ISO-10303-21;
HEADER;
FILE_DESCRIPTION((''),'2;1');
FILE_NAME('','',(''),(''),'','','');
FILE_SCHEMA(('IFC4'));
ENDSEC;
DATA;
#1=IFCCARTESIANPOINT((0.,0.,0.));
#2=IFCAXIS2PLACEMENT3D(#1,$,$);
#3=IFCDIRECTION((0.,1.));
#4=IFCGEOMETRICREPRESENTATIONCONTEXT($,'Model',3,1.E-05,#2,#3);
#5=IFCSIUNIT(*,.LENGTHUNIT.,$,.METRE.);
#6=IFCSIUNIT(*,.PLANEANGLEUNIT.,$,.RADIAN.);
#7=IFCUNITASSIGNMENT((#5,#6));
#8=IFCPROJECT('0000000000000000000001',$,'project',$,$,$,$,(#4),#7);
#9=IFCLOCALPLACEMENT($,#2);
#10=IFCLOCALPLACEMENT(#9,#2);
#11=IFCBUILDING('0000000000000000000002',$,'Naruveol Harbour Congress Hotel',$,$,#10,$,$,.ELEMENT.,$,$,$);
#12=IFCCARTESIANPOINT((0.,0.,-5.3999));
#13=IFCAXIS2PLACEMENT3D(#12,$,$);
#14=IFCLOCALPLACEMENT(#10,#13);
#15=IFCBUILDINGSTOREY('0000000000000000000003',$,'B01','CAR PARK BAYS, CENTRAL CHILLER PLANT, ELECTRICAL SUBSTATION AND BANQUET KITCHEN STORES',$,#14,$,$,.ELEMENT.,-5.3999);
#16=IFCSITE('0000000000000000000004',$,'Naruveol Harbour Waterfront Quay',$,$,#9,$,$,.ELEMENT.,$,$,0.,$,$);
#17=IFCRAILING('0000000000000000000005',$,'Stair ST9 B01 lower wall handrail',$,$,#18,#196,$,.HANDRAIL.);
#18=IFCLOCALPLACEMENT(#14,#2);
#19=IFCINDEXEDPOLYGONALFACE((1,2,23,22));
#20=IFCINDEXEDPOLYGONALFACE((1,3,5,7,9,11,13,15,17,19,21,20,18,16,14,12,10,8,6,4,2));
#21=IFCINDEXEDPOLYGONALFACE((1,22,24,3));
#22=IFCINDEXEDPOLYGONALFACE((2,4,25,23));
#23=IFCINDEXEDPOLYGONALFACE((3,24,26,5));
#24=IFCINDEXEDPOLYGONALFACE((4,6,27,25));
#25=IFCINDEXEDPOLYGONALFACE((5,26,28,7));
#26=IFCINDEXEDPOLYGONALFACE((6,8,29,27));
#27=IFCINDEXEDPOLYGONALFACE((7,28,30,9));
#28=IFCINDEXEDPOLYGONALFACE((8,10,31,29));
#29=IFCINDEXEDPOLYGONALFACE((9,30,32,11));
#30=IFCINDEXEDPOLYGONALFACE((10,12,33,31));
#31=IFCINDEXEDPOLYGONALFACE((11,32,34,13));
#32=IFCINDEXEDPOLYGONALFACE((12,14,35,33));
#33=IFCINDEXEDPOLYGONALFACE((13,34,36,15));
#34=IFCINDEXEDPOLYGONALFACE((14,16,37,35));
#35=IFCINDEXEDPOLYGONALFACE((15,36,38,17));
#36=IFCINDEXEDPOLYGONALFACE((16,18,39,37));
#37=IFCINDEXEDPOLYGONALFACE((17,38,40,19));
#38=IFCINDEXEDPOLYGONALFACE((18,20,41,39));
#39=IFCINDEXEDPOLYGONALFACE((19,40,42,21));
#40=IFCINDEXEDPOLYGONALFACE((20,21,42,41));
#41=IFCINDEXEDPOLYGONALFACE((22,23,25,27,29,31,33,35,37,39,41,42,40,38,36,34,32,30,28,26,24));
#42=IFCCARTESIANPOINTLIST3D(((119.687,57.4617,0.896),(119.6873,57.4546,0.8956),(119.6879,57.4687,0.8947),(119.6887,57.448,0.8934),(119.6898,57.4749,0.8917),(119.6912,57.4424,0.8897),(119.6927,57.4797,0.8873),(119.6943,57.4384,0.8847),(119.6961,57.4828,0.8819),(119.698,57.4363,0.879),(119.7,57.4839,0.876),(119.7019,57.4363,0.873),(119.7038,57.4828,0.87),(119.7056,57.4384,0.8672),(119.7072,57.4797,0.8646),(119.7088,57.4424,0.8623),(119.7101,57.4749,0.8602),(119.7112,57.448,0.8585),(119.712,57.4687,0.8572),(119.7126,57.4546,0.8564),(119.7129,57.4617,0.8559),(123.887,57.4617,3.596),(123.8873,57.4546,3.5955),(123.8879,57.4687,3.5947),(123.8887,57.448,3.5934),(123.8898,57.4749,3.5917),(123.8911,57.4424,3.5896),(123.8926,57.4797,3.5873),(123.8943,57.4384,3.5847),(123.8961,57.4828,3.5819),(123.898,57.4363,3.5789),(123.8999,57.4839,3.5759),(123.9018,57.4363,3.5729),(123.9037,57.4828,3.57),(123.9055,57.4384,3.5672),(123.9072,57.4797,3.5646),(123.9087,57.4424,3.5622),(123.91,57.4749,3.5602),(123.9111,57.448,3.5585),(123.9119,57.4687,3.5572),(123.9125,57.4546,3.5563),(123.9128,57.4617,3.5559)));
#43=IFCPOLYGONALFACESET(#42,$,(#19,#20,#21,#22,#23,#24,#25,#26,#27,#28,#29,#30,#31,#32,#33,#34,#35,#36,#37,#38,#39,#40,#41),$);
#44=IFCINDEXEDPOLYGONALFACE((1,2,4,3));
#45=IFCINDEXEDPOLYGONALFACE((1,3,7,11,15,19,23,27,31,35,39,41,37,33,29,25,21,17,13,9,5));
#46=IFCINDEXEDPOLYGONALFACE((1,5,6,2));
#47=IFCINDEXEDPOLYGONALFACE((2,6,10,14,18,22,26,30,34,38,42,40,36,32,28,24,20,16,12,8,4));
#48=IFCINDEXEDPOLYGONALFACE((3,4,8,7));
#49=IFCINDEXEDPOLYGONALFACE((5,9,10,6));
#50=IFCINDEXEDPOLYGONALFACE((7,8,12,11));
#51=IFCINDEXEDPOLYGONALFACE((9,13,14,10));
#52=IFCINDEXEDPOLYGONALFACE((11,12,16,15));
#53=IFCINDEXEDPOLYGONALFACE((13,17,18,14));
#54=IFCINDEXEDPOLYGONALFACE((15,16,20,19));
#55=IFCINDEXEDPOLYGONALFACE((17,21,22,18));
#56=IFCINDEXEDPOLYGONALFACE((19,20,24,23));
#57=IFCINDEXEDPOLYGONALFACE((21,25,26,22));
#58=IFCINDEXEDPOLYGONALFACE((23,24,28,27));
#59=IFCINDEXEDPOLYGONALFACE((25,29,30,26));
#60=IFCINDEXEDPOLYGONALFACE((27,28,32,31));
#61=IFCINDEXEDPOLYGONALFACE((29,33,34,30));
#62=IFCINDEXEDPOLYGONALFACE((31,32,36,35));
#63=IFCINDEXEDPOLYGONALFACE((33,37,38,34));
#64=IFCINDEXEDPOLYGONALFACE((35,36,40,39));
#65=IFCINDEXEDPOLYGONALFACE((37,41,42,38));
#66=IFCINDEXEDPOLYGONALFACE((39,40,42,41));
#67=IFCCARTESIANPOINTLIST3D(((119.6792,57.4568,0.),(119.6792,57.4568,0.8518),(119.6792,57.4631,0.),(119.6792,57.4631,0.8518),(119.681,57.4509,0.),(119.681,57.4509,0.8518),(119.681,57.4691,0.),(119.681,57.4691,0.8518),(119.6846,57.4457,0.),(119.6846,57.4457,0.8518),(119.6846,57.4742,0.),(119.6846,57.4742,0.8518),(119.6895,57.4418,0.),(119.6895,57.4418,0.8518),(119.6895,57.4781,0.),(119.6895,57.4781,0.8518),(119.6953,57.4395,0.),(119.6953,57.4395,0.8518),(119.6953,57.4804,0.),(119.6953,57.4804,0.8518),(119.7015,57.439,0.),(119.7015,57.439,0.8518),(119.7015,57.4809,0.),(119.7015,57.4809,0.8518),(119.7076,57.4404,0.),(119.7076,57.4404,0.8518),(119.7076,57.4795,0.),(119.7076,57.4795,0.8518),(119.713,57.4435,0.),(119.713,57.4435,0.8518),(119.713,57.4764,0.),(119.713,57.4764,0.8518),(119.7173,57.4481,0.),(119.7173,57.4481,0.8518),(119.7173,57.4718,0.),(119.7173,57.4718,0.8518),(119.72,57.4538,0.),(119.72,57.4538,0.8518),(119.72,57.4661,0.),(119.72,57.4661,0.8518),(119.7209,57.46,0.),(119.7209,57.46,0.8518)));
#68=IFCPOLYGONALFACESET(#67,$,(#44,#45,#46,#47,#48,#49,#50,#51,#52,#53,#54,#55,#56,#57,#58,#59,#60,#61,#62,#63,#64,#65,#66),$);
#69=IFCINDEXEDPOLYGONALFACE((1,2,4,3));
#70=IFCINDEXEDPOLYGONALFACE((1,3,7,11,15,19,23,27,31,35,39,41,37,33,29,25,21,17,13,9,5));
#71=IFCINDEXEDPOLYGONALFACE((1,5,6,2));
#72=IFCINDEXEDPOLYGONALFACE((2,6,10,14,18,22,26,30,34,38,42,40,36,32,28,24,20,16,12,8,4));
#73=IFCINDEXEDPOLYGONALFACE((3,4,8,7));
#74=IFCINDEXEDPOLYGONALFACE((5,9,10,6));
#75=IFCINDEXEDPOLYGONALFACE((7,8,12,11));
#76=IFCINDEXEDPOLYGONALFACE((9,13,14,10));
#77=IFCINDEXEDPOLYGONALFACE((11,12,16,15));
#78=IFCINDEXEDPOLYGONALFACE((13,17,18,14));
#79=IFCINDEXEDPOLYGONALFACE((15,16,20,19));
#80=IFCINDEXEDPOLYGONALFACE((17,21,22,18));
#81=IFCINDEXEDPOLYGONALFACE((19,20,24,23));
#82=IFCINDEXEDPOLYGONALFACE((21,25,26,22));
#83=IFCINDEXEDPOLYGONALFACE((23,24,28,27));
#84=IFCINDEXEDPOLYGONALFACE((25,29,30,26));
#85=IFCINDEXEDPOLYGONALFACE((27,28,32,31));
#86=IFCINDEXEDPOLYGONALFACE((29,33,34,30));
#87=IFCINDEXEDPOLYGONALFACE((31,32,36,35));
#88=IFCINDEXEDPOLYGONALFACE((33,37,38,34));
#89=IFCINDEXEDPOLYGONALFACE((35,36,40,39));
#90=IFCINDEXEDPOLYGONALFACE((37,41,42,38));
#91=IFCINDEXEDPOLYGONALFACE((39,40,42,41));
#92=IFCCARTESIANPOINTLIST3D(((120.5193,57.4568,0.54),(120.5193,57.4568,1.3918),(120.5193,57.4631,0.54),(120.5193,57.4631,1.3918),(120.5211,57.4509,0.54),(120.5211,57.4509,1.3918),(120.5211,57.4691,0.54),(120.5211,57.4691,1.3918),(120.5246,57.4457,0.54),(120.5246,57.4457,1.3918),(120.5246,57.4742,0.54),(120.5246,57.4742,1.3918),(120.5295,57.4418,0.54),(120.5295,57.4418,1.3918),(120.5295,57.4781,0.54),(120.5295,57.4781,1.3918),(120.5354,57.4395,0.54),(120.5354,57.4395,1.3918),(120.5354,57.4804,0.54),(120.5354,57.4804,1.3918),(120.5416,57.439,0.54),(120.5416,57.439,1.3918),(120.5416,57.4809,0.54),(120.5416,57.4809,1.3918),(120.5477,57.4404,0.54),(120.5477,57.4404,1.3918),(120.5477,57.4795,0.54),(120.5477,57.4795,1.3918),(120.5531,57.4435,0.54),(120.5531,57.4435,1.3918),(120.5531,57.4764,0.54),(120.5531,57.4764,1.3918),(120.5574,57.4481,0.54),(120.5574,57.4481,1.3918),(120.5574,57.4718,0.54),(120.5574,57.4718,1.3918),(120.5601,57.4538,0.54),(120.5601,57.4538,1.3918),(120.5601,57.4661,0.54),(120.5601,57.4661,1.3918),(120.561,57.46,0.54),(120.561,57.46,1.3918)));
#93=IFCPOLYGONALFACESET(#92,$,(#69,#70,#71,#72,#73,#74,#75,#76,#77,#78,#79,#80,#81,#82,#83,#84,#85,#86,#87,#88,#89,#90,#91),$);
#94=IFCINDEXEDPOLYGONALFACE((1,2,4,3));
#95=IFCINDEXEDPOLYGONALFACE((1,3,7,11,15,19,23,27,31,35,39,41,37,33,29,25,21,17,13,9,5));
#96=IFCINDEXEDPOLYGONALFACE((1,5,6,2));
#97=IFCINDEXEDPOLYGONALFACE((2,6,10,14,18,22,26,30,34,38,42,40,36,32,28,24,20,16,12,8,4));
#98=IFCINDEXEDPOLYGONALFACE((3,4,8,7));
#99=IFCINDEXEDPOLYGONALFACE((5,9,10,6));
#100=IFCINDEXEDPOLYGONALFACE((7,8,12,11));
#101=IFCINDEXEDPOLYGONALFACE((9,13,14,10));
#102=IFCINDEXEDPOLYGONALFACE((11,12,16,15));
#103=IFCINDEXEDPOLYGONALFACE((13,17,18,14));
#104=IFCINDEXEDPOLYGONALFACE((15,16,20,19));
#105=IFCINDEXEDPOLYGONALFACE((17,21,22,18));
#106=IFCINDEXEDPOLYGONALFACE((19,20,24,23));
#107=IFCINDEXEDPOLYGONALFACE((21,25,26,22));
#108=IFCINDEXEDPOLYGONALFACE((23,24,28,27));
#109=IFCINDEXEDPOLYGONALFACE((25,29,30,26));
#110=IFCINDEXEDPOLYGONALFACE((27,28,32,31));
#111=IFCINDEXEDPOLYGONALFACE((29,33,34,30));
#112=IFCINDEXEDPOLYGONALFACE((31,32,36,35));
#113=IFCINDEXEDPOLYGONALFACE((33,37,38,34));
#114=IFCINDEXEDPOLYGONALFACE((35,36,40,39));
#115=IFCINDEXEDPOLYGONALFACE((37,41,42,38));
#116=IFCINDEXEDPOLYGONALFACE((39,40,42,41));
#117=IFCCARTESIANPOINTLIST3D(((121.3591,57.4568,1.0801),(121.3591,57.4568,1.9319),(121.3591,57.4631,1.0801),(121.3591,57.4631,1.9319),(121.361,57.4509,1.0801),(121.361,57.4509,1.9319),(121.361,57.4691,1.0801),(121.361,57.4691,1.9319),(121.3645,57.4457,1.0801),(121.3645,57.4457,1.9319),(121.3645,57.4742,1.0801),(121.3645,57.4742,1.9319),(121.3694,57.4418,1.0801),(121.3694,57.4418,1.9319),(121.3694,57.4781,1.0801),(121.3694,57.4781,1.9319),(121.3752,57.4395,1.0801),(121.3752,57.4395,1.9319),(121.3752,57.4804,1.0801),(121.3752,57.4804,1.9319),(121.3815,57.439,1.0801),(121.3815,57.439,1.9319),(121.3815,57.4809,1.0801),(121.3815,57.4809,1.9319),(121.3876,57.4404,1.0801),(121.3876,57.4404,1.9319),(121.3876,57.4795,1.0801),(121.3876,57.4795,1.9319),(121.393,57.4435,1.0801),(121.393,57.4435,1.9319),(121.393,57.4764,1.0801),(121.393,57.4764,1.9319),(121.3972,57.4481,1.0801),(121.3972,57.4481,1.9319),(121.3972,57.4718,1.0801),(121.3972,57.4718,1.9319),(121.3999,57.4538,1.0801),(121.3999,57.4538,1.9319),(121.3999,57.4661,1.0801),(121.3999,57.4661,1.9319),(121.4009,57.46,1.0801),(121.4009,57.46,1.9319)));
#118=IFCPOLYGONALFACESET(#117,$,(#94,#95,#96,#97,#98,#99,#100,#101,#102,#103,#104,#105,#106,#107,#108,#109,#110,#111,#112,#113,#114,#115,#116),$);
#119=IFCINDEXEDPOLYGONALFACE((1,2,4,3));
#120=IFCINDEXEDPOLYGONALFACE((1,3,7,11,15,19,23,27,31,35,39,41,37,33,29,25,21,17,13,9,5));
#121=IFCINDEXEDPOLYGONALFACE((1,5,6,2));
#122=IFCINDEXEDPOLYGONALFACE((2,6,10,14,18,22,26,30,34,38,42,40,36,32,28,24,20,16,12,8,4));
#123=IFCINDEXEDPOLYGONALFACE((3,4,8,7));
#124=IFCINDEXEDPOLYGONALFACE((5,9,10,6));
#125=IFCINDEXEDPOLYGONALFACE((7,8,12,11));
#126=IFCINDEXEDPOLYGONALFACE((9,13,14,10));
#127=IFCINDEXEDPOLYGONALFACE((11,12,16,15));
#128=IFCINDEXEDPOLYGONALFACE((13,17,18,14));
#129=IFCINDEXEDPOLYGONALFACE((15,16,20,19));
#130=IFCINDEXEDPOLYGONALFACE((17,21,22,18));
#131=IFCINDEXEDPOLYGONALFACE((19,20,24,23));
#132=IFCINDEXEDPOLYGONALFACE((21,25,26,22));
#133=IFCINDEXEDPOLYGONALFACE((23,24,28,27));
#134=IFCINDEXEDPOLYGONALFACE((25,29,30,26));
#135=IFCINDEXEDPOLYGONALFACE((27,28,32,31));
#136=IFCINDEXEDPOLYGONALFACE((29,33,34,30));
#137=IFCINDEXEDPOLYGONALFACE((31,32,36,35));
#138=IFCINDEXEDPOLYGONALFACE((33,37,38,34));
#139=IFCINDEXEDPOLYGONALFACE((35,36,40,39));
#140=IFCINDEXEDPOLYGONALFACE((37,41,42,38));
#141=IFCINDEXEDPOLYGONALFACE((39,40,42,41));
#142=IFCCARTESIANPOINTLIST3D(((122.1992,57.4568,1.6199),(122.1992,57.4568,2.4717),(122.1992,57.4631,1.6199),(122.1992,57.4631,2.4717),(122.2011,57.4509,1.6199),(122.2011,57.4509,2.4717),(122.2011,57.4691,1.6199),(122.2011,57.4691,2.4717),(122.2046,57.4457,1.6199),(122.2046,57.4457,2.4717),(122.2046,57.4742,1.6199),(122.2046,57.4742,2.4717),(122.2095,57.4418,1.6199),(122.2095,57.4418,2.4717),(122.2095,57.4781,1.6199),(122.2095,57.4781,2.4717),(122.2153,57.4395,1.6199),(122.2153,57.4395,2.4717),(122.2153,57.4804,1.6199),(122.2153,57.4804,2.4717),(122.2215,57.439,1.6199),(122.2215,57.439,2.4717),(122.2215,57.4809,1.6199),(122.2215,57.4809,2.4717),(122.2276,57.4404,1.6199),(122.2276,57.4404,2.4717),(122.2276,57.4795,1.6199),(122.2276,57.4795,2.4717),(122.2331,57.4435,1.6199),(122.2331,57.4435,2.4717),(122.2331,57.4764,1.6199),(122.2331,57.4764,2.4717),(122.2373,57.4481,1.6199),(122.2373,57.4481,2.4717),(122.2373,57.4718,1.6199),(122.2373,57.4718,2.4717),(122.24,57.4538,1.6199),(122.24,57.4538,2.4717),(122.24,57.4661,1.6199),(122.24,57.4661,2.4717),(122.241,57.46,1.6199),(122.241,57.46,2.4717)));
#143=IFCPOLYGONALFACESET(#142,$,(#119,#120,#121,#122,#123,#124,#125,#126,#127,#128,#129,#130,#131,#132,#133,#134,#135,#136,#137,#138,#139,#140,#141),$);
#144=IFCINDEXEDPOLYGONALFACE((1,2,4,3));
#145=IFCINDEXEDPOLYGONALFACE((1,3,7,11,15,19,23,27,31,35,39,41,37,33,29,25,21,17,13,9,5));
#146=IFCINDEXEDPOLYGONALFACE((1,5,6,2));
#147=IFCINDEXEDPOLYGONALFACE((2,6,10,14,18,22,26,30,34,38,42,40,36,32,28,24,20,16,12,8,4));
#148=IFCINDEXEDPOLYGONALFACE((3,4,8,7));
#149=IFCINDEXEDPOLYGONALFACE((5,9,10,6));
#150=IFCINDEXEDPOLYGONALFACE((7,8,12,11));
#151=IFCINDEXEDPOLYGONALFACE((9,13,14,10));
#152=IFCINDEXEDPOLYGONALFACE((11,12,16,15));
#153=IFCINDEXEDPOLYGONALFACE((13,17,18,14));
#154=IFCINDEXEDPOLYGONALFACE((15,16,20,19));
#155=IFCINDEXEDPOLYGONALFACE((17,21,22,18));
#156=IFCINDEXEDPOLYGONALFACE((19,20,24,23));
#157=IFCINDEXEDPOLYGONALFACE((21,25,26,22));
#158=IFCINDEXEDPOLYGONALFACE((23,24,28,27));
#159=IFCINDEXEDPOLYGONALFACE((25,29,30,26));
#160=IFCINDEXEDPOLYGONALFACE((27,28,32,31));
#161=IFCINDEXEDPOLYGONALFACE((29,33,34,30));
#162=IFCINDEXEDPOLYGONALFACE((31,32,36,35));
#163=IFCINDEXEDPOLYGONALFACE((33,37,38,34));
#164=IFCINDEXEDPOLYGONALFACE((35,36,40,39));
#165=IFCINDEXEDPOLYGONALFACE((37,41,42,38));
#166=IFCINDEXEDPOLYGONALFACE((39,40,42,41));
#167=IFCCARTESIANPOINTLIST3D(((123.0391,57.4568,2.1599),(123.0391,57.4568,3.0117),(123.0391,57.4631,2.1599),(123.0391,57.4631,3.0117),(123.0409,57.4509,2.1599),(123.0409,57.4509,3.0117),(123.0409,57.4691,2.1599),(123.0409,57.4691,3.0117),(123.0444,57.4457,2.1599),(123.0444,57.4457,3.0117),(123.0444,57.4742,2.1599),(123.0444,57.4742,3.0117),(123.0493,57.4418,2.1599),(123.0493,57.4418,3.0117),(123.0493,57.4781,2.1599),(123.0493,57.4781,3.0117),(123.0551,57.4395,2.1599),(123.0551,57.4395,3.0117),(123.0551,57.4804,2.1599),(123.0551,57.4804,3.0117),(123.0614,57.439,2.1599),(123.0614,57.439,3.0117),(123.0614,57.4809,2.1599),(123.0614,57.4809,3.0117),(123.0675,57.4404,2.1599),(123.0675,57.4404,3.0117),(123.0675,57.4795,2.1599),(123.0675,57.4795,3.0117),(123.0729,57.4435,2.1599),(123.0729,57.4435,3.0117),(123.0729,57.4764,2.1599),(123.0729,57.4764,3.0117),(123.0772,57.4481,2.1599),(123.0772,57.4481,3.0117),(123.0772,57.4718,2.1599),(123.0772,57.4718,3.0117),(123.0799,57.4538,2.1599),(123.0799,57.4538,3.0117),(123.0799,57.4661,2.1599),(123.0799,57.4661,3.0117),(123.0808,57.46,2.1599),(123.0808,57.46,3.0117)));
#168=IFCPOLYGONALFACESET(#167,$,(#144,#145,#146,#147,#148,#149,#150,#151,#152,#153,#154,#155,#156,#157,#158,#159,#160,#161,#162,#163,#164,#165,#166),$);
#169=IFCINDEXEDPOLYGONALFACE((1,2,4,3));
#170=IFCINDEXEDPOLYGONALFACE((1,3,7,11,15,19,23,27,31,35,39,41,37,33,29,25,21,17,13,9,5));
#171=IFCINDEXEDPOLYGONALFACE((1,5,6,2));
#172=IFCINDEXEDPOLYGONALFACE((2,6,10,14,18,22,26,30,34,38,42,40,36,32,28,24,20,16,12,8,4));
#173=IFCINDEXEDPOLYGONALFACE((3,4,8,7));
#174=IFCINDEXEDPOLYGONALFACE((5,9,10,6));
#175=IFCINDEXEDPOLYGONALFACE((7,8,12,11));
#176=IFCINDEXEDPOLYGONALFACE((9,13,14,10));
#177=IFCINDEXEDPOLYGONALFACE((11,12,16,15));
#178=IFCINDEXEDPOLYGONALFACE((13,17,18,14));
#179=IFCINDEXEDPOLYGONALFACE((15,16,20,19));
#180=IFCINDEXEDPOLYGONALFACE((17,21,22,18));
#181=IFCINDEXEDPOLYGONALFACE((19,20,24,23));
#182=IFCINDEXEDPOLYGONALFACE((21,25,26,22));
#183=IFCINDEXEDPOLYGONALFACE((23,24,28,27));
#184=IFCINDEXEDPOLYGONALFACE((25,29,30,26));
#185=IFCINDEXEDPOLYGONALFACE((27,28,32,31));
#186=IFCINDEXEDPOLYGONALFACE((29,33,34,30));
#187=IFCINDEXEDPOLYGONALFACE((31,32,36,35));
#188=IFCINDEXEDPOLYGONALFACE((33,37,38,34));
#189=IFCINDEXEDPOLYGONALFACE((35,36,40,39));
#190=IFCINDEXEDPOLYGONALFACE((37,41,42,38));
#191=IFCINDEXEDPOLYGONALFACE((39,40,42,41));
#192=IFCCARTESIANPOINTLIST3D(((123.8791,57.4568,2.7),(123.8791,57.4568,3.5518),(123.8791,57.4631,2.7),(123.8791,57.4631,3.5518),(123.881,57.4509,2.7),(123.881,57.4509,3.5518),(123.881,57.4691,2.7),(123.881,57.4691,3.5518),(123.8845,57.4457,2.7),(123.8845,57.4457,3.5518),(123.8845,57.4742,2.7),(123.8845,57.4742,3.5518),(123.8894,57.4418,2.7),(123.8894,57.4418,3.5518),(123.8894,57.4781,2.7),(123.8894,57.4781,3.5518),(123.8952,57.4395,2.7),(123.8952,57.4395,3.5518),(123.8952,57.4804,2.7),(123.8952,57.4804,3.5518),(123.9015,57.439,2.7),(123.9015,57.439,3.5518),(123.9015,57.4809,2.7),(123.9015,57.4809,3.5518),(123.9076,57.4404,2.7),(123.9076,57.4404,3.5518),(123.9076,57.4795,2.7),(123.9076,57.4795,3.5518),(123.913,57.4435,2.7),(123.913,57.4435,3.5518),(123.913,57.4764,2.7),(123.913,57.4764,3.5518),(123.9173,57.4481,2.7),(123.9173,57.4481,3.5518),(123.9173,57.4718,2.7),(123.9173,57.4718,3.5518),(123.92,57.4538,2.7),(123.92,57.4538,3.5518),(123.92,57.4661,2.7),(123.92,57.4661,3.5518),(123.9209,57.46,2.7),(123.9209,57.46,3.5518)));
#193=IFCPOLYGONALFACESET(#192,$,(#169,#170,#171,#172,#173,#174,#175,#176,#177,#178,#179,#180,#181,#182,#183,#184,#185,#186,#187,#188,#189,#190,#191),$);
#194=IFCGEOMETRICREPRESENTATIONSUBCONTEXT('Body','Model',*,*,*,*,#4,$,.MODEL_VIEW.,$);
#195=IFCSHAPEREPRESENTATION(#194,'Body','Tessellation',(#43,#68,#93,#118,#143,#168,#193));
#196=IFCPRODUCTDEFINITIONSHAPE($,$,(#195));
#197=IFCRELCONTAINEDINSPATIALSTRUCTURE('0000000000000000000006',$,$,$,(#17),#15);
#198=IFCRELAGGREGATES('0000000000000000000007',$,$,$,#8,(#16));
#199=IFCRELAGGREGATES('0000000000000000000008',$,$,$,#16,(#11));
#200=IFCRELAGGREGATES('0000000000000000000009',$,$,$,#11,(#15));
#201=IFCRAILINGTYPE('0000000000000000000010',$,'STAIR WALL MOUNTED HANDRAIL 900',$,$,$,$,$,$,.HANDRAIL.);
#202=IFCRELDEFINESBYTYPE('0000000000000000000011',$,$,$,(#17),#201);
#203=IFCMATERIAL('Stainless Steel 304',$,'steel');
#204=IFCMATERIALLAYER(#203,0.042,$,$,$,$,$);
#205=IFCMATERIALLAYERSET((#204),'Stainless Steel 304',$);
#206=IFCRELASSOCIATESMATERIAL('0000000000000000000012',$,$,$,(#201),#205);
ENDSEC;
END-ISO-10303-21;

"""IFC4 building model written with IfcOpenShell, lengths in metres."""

from ifc_helpers import new_model, si_unit, direction, frame, origin, origin_2d, place, context, subcontext, project, spatial, circle, extrude, material, layer, layer_set, type_object, element, save


model = new_model("IFC4")

# Units and contexts
model_context = context("Model", 3, precision=1e-05, world=origin(), true_north=direction((0.0, 1.0)))
body_context = subcontext(model_context, "Body", "Model", "MODEL_VIEW")
ifc_project = project(units=[si_unit("LENGTHUNIT", "METRE"), si_unit("PLANEANGLEUNIT", "RADIAN")], contexts=[model_context])

# Site, building, storey
site_placement = place(None, origin())
site = spatial("IfcSite", under=ifc_project, at=site_placement, Name="Naruveol Harbour Waterfront Quay", CompositionType="ELEMENT", RefElevation=0.0)
building_placement = place(site_placement, origin())
building = spatial("IfcBuilding", under=site, at=building_placement, Name="Naruveol Harbour Congress Hotel", CompositionType="ELEMENT")
storey_placement = place(building_placement, frame((0.0, 0.0, -5.3999)))
storey = spatial("IfcBuildingStorey", under=building, at=storey_placement, Name="B01", Description="CAR PARK BAYS, CENTRAL CHILLER PLANT, ELECTRICAL SUBSTATION AND BANQUET KITCHEN STORES", CompositionType="ELEMENT", Elevation=-5.3999)

# Railing
ifc_material_1 = material(Name="Stainless Steel 304", Category="steel")
ifc_layer_1 = layer(ifc_material_1, 0.042)
ifc_layer_set_1 = layer_set([ifc_layer_1], Name="Stainless Steel 304")
railing_type = type_object("IfcRailingType", Name="STAIR WALL MOUNTED HANDRAIL 900", PredefinedType="HANDRAIL", material=ifc_layer_set_1)
railing_placement = place(storey_placement, frame((119.7, 57.46, 0.0)))
element("IfcRailing", 1, at=railing_placement, inside=storey, type_object=railing_type, Name="Stair ST9 B01 lower wall handrail", PredefinedType="HANDRAIL", context=body_context, shape_type="SweptSolid", body=[
    extrude(circle(Radius=0.0239, at=origin_2d()), frame((0.0, 0.0, 0.876), z_axis=(0.84118, 0.0, 0.540755), x_axis=(0.0, 1.0, 0.0)), (0.0, 0.0, 1.0), 4.9929),
    extrude(circle(Radius=0.021, at=origin_2d()), origin(), (0.0, 0.0, 1.0), 0.8518),
    extrude(circle(Radius=0.021, at=origin_2d()), frame((0.8401, 0.0, 0.54)), (0.0, 0.0, 1.0), 0.8518),
    extrude(circle(Radius=0.021, at=origin_2d()), frame((1.6799, 0.0, 1.0801)), (0.0, 0.0, 1.0), 0.8518),
    extrude(circle(Radius=0.021, at=origin_2d()), frame((2.52, 0.0, 1.6199)), (0.0, 0.0, 1.0), 0.8518),
    extrude(circle(Radius=0.021, at=origin_2d()), frame((3.3599, 0.0, 2.1599)), (0.0, 0.0, 1.0), 0.8518),
    extrude(circle(Radius=0.021, at=origin_2d()), frame((4.2, 0.0, 2.7)), (0.0, 0.0, 1.0), 0.8518),
])

save(model, "model.ifc")
